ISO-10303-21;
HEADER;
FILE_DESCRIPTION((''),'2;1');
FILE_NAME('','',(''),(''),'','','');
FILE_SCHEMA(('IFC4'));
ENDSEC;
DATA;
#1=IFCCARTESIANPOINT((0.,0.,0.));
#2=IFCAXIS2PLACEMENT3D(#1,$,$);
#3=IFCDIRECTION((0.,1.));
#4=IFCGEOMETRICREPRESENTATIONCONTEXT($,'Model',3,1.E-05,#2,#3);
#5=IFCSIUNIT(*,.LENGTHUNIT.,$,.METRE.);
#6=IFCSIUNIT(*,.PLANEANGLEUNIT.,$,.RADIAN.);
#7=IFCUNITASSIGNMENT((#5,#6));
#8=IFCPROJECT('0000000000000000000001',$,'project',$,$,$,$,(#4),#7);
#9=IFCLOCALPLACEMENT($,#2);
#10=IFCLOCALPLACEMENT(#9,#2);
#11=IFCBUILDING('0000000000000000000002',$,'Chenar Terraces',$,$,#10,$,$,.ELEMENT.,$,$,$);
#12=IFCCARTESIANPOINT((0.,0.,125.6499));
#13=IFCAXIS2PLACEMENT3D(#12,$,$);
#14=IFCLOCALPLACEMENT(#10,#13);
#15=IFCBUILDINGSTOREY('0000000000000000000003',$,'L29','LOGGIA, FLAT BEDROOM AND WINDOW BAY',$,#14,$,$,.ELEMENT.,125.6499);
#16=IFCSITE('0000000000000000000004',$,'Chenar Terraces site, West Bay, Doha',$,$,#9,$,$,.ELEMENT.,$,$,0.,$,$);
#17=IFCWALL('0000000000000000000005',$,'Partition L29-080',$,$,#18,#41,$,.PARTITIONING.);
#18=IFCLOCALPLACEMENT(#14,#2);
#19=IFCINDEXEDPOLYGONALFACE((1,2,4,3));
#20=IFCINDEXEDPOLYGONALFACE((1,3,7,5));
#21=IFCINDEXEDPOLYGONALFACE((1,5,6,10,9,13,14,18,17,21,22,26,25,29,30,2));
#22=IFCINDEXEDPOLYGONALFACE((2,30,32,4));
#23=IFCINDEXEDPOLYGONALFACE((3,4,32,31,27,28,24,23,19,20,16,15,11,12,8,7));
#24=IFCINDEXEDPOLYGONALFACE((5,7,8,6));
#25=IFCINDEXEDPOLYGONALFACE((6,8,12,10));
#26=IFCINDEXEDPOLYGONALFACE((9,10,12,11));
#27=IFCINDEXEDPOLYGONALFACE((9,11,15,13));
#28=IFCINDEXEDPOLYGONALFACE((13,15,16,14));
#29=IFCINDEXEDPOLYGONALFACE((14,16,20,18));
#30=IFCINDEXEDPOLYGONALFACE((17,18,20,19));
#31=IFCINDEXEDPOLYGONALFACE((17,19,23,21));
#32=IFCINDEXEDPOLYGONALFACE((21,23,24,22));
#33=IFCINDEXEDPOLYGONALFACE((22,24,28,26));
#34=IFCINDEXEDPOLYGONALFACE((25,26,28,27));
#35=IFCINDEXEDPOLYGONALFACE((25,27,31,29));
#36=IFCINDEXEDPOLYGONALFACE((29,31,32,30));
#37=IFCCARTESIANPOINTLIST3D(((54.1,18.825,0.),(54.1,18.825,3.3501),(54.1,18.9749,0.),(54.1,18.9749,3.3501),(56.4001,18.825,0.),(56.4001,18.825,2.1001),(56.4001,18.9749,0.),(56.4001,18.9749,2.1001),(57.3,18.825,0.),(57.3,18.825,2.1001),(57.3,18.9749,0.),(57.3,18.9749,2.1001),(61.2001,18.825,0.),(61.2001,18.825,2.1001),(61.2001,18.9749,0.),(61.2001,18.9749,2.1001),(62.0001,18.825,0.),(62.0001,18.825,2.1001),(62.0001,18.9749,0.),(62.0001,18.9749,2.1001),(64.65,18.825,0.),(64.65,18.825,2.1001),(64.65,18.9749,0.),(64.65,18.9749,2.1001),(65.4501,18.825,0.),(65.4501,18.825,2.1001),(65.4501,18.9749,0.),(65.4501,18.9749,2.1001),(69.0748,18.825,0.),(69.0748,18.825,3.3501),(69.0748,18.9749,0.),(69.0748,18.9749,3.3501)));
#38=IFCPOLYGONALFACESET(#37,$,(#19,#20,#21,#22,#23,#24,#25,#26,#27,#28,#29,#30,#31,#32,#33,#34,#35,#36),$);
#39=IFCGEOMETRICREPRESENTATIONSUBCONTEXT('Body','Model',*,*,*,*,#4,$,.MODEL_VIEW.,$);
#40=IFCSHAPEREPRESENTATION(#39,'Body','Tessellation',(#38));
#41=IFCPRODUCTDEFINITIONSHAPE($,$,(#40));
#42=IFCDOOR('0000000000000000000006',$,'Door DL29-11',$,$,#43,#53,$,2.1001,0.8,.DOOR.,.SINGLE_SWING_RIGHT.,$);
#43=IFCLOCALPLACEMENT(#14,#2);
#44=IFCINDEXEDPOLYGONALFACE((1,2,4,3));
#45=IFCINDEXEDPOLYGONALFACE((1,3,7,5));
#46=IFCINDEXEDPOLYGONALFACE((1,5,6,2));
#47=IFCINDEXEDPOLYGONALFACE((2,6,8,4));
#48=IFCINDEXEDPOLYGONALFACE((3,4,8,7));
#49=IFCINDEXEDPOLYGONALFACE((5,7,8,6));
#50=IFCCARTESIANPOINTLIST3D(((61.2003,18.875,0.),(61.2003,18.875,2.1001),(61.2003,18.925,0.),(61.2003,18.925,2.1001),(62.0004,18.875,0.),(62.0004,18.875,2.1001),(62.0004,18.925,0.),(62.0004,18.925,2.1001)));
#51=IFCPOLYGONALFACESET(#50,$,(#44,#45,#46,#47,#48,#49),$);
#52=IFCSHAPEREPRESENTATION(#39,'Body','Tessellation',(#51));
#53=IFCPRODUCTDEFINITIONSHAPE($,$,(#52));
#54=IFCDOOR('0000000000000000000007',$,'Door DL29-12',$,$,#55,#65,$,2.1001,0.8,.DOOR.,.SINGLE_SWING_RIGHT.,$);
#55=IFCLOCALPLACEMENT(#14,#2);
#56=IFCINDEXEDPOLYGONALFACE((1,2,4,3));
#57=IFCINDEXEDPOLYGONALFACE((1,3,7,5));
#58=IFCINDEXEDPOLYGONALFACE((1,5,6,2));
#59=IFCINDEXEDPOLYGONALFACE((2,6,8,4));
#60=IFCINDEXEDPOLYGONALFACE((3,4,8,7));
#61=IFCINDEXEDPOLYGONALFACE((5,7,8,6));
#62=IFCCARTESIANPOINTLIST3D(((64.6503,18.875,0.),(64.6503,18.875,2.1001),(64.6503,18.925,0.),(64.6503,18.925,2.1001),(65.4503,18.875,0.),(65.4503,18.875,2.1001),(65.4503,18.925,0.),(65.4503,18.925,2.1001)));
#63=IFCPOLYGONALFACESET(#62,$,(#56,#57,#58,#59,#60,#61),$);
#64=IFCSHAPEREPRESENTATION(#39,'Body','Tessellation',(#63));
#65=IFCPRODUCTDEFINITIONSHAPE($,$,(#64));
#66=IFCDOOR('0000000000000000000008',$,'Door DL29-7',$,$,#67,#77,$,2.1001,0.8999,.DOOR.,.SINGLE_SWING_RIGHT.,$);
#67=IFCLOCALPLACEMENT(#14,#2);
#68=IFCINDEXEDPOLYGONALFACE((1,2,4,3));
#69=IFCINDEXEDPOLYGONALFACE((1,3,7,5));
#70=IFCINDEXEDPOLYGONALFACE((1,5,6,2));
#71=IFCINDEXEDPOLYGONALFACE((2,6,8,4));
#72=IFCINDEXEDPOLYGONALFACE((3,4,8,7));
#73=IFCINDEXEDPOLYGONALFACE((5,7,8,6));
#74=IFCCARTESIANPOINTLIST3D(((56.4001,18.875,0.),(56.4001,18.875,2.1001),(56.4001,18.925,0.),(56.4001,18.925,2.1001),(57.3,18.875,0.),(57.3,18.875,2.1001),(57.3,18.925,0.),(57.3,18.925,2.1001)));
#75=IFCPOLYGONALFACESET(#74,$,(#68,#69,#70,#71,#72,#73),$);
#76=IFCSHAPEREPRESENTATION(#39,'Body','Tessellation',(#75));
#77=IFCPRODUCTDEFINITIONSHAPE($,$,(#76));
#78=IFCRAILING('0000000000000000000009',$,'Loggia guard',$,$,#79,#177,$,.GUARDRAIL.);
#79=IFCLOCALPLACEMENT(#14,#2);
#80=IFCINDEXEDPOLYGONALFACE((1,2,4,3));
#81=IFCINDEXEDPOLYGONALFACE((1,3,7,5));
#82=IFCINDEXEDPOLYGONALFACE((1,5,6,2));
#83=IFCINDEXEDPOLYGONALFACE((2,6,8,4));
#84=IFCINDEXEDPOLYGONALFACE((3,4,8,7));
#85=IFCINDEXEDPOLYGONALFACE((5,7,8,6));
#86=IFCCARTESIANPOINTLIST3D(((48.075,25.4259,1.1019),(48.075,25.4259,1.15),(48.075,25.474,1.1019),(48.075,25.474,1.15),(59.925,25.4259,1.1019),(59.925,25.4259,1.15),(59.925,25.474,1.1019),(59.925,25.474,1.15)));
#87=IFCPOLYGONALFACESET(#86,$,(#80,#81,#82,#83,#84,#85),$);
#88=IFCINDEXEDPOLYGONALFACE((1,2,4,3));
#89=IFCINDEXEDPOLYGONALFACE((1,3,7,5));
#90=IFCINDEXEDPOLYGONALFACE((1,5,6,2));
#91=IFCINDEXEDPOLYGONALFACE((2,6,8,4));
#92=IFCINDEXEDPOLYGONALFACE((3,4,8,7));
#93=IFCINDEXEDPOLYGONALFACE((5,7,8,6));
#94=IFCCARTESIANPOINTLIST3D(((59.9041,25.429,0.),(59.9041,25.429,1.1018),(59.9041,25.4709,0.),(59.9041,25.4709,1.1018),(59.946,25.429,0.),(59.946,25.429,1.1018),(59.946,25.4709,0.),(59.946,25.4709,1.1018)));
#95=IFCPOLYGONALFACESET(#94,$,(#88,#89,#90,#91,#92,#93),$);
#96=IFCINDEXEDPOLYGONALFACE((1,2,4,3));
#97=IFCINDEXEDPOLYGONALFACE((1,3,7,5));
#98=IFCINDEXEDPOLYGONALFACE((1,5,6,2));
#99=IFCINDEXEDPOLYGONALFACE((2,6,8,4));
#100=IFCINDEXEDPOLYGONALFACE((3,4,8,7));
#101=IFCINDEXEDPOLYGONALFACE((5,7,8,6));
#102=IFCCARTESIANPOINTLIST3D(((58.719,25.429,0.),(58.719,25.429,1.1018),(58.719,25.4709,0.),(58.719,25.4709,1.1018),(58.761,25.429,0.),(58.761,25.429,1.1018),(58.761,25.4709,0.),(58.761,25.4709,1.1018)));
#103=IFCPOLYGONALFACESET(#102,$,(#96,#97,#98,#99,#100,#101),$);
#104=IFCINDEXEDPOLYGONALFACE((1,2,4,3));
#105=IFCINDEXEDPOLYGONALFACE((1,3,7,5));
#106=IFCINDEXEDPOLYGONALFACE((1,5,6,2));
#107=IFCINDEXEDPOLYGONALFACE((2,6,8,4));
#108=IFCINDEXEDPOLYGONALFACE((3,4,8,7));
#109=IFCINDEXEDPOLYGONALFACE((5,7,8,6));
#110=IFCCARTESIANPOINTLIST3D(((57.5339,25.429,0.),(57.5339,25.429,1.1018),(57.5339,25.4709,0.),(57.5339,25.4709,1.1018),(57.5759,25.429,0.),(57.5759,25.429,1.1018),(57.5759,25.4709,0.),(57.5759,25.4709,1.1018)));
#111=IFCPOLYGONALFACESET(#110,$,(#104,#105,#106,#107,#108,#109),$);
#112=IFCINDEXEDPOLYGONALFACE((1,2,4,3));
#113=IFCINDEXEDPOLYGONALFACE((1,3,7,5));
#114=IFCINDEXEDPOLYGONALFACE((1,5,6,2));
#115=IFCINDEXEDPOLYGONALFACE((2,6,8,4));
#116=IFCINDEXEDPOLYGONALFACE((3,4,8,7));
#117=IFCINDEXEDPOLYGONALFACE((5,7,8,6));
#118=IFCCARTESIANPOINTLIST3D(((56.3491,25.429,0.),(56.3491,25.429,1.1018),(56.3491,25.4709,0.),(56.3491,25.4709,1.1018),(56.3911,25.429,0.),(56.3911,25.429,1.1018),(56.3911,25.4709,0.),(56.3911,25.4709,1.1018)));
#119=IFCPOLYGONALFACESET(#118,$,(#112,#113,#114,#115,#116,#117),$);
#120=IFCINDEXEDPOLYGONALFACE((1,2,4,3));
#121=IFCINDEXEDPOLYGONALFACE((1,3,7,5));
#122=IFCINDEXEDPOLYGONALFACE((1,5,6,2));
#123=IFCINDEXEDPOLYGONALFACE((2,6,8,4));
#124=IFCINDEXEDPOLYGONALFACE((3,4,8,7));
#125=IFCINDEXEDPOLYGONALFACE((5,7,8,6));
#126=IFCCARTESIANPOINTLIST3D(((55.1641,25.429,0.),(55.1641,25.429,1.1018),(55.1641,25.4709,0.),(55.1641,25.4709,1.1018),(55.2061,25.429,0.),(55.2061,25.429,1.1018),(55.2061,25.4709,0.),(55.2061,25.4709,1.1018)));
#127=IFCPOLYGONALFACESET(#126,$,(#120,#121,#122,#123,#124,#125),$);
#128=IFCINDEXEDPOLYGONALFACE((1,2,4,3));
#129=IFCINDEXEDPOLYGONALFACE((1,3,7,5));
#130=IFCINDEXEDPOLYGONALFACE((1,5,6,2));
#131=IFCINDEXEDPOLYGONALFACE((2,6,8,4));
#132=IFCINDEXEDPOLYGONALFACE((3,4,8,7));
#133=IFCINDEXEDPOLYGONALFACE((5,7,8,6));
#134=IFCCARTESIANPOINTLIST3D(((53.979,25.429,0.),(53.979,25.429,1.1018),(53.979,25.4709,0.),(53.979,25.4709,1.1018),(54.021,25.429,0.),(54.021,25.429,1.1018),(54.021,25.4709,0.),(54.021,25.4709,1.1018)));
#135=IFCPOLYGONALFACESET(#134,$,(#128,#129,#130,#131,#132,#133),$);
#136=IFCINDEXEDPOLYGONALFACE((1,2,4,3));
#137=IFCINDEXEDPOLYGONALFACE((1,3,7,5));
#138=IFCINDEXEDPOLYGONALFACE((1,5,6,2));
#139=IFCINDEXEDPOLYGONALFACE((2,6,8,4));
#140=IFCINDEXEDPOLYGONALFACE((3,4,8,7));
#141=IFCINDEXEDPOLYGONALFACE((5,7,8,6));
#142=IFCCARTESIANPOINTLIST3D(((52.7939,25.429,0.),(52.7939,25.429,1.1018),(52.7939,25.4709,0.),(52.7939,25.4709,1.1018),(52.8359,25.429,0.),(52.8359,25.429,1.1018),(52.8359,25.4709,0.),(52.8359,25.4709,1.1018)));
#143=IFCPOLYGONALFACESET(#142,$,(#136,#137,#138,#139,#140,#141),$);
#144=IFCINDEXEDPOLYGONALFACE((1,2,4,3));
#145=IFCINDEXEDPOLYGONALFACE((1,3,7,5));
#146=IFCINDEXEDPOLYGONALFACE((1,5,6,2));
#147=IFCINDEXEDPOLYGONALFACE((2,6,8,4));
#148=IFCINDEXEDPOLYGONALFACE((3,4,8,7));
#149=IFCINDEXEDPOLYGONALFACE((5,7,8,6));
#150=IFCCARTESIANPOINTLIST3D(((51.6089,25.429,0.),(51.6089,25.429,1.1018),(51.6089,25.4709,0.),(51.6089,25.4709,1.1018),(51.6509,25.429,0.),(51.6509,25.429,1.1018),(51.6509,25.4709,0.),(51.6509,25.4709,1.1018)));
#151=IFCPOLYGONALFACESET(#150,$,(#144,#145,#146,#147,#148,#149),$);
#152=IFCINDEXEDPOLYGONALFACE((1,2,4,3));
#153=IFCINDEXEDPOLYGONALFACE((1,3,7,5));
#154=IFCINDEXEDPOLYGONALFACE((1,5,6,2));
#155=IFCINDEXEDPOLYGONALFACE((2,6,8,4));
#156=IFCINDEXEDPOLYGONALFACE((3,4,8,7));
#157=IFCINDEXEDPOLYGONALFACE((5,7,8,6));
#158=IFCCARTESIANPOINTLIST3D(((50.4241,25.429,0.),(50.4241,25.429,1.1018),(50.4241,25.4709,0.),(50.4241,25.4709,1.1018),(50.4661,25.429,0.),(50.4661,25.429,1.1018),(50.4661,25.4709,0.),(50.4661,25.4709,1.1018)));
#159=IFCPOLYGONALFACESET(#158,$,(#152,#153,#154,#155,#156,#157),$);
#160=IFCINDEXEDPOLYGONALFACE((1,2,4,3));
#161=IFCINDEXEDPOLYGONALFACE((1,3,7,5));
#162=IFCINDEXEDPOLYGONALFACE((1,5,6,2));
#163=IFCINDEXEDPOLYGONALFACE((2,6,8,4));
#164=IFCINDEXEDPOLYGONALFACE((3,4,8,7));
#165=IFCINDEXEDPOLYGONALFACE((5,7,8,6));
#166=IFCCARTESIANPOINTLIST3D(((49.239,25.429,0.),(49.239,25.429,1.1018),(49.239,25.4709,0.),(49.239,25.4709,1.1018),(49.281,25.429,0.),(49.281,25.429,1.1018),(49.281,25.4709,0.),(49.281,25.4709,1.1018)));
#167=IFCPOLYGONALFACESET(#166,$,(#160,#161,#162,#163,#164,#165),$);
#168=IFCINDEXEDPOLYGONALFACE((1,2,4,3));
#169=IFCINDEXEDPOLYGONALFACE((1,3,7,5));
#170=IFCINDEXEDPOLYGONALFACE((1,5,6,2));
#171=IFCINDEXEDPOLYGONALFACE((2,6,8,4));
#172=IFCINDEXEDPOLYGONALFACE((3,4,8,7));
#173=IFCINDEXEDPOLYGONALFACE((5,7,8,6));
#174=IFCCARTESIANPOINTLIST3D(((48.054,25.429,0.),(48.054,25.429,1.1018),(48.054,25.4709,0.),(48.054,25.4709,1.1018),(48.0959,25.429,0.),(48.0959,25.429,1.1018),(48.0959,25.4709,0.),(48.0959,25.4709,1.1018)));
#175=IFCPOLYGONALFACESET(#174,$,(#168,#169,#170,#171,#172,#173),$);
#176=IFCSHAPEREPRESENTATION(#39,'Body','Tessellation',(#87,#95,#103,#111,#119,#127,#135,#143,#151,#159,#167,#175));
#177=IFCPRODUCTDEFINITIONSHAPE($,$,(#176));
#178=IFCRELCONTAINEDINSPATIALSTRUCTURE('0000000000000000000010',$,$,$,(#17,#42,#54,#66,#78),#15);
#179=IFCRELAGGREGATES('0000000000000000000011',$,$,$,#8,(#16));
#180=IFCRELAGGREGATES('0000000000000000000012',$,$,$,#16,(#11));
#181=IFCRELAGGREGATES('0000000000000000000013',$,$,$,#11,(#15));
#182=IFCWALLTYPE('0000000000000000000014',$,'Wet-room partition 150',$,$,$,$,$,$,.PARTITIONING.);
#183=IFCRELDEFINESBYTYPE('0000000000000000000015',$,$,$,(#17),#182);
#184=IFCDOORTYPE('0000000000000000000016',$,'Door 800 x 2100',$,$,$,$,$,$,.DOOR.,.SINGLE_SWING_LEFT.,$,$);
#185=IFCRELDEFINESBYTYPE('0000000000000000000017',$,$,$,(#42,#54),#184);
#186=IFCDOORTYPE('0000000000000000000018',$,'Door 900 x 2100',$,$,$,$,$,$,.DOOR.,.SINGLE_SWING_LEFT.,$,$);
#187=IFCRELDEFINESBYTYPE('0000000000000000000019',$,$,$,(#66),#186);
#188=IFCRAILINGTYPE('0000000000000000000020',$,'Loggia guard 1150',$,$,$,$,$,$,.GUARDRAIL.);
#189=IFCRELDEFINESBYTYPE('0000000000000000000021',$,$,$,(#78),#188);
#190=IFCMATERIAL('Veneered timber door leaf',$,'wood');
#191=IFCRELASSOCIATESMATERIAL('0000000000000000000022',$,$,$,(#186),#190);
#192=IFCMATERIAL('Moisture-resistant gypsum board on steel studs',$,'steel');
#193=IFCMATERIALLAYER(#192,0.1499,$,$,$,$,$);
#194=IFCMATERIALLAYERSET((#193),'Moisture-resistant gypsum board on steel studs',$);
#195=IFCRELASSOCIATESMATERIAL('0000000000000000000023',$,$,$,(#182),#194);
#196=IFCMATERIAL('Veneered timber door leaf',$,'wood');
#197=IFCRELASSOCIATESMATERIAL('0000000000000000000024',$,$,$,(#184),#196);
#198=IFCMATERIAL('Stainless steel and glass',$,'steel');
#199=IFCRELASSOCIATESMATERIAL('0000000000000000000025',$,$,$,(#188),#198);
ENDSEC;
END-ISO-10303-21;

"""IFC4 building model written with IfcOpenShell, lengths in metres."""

from ifc_helpers import new_model, si_unit, direction, frame, frame_2d, origin, origin_2d, place, context, subcontext, project, spatial, rectangle, extrude, material, layer, layer_set, type_object, element, fill, save


model = new_model("IFC4")

# Units and contexts
model_context = context("Model", 3, precision=1e-05, world=origin(), true_north=direction((0.0, 1.0)))
body_context = subcontext(model_context, "Body", "Model", "MODEL_VIEW")
ifc_project = project(units=[si_unit("LENGTHUNIT", "METRE"), si_unit("PLANEANGLEUNIT", "RADIAN")], contexts=[model_context])

# Site, building, storey
site_placement = place(None, origin())
site = spatial("IfcSite", under=ifc_project, at=site_placement, Name="Chenar Terraces site, West Bay, Doha", CompositionType="ELEMENT", RefElevation=0.0)
building_placement = place(site_placement, origin())
building = spatial("IfcBuilding", under=site, at=building_placement, Name="Chenar Terraces", CompositionType="ELEMENT")
storey_placement = place(building_placement, frame((0.0, 0.0, 125.6499)))
storey = spatial("IfcBuildingStorey", under=building, at=storey_placement, Name="L29", Description="LOGGIA, FLAT BEDROOM AND WINDOW BAY", CompositionType="ELEMENT", Elevation=125.6499)

# Shared definitions
ifc_material_1 = material(Name="Veneered timber door leaf", Category="wood")
door_type_1 = type_object("IfcDoorType", Name="Door 900 x 2100", OperationType="SINGLE_SWING_LEFT", PredefinedType="DOOR", material=ifc_material_1)

# Wall, openings, doors
ifc_material_2 = material(Name="Moisture-resistant gypsum board on steel studs", Category="steel")
ifc_layer_1 = layer(ifc_material_2, 0.1499)
ifc_layer_set_1 = layer_set([ifc_layer_1], Name="Moisture-resistant gypsum board on steel studs")
wall_type_1 = type_object("IfcWallType", Name="Wet-room partition 150", PredefinedType="PARTITIONING", material=ifc_layer_set_1)
wall_1_placement = place(storey_placement, frame((54.1001, 18.8999, 0.0), z_axis=(0.0, 0.0, 1.0), x_axis=(1.0, 0.0, 0.0)))
wall_1 = element("IfcWall", 1, at=wall_1_placement, inside=storey, type_object=wall_type_1, Name="Partition L29-080", PredefinedType="PARTITIONING", context=body_context, shape_type="SweptSolid", body=[
    extrude(rectangle(XDim=14.9749, YDim=0.1499, at=frame_2d((7.4873, 0.0))), origin(), (0.0, 0.0, 1.0), 3.3501),
])
opening_1_placement = place(wall_1_placement, frame((2.3, 0.0, 0.0)))
opening_1 = element("IfcOpeningElement", 2, at=opening_1_placement, cuts=wall_1, PredefinedType="OPENING", context=body_context, shape_type="SweptSolid", body=[
    extrude(rectangle(XDim=0.8999, YDim=2.1001, at=frame_2d((0.45, 1.05))), frame((0.0, 0.085, 0.0), z_axis=(0.0, -1.0, 0.0), x_axis=(1.0, 0.0, 0.0)), (0.0, 0.0, 1.0), 0.1699),
])
opening_2_placement = place(wall_1_placement, frame((7.1001, 0.0, 0.0)))
opening_2 = element("IfcOpeningElement", 3, at=opening_2_placement, cuts=wall_1, PredefinedType="OPENING", context=body_context, shape_type="SweptSolid", body=[
    extrude(rectangle(XDim=0.8, YDim=2.1001, at=frame_2d((0.3999, 1.05))), frame((0.0, 0.085, 0.0), z_axis=(0.0, -1.0, 0.0), x_axis=(1.0, 0.0, 0.0)), (0.0, 0.0, 1.0), 0.1699),
])
opening_3_placement = place(wall_1_placement, frame((10.55, 0.0, 0.0)))
opening_3 = element("IfcOpeningElement", 4, at=opening_3_placement, cuts=wall_1, PredefinedType="OPENING", context=body_context, shape_type="SweptSolid", body=[
    extrude(rectangle(XDim=0.8, YDim=2.1001, at=frame_2d((0.3999, 1.05))), frame((0.0, 0.085, 0.0), z_axis=(0.0, -1.0, 0.0), x_axis=(1.0, 0.0, 0.0)), (0.0, 0.0, 1.0), 0.1699),
])
ifc_material_3 = material(Name="Veneered timber door leaf", Category="wood")
door_type_2 = type_object("IfcDoorType", Name="Door 800 x 2100", OperationType="SINGLE_SWING_LEFT", PredefinedType="DOOR", material=ifc_material_3)
door_1_placement = place(opening_2_placement, frame((0.8, 0.0, 0.0), z_axis=(0.0, 0.0, 1.0), x_axis=(-1.0, 0.0, 0.0)))
door_1 = element("IfcDoor", 5, at=door_1_placement, inside=storey, type_object=door_type_2, Name="Door DL29-11", OperationType="SINGLE_SWING_RIGHT", OverallHeight=2.1001, OverallWidth=0.8, PredefinedType="DOOR", context=body_context, shape_type="SweptSolid", body=[
    extrude(rectangle(XDim=0.8, YDim=2.1001, at=frame_2d((0.3999, 1.05))), frame((0.0, 0.0249, 0.0), z_axis=(0.0, -1.0, 0.0), x_axis=(1.0, 0.0, 0.0)), (0.0, 0.0, 1.0), 0.05),
])
fill(opening_2, door_1)
door_2_placement = place(opening_3_placement, frame((0.8, 0.0, 0.0), z_axis=(0.0, 0.0, 1.0), x_axis=(-1.0, 0.0, 0.0)))
door_2 = element("IfcDoor", 6, at=door_2_placement, inside=storey, type_object=door_type_2, Name="Door DL29-12", OperationType="SINGLE_SWING_RIGHT", OverallHeight=2.1001, OverallWidth=0.8, PredefinedType="DOOR", context=body_context, shape_type="SweptSolid", body=[
    extrude(rectangle(XDim=0.8, YDim=2.1001, at=frame_2d((0.3999, 1.05))), frame((0.0, 0.0249, 0.0), z_axis=(0.0, -1.0, 0.0), x_axis=(1.0, 0.0, 0.0)), (0.0, 0.0, 1.0), 0.05),
])
fill(opening_3, door_2)
door_3_placement = place(opening_1_placement, frame((0.8999, 0.0, 0.0), z_axis=(0.0, 0.0, 1.0), x_axis=(-1.0, 0.0, 0.0)))
door_3 = element("IfcDoor", 7, at=door_3_placement, inside=storey, type_object=door_type_1, Name="Door DL29-7", OperationType="SINGLE_SWING_RIGHT", OverallHeight=2.1001, OverallWidth=0.8999, PredefinedType="DOOR", context=body_context, shape_type="SweptSolid", body=[
    extrude(rectangle(XDim=0.8999, YDim=2.1001, at=frame_2d((0.45, 1.05))), frame((0.0, 0.0249, 0.0), z_axis=(0.0, -1.0, 0.0), x_axis=(1.0, 0.0, 0.0)), (0.0, 0.0, 1.0), 0.05),
])
fill(opening_1, door_3)

# Railing
ifc_material_4 = material(Name="Stainless steel and glass", Category="steel")
railing_type_1 = type_object("IfcRailingType", Name="Loggia guard 1150", PredefinedType="GUARDRAIL", material=ifc_material_4)
railing_1_placement = place(storey_placement, frame((59.925, 25.45, 0.0)))
element("IfcRailing", 8, at=railing_1_placement, inside=storey, type_object=railing_type_1, Name="Loggia guard", PredefinedType="GUARDRAIL", context=body_context, shape_type="SweptSolid", body=[
    extrude(rectangle(XDim=0.0481, YDim=0.0481, at=origin_2d()), frame((0.0, 0.0, 1.126), z_axis=(-1.0, 0.0, 0.0), x_axis=(0.0, -1.0, 0.0)), (0.0, 0.0, 1.0), 11.8501),
    extrude(rectangle(XDim=0.042, YDim=0.042, at=origin_2d()), origin(), (0.0, 0.0, 1.0), 1.1018),
    extrude(rectangle(XDim=0.042, YDim=0.042, at=origin_2d()), frame((-1.1851, 0.0, 0.0)), (0.0, 0.0, 1.0), 1.1018),
    extrude(rectangle(XDim=0.042, YDim=0.042, at=origin_2d()), frame((-2.3701, 0.0, 0.0)), (0.0, 0.0, 1.0), 1.1018),
    extrude(rectangle(XDim=0.042, YDim=0.042, at=origin_2d()), frame((-3.5549, 0.0, 0.0)), (0.0, 0.0, 1.0), 1.1018),
    extrude(rectangle(XDim=0.042, YDim=0.042, at=origin_2d()), frame((-4.74, 0.0, 0.0)), (0.0, 0.0, 1.0), 1.1018),
    extrude(rectangle(XDim=0.042, YDim=0.042, at=origin_2d()), frame((-5.925, 0.0, 0.0)), (0.0, 0.0, 1.0), 1.1018),
    extrude(rectangle(XDim=0.042, YDim=0.042, at=origin_2d()), frame((-7.1101, 0.0, 0.0)), (0.0, 0.0, 1.0), 1.1018),
    extrude(rectangle(XDim=0.042, YDim=0.042, at=origin_2d()), frame((-8.2952, 0.0, 0.0)), (0.0, 0.0, 1.0), 1.1018),
    extrude(rectangle(XDim=0.042, YDim=0.042, at=origin_2d()), frame((-9.48, 0.0, 0.0)), (0.0, 0.0, 1.0), 1.1018),
    extrude(rectangle(XDim=0.042, YDim=0.042, at=origin_2d()), frame((-10.665, 0.0, 0.0)), (0.0, 0.0, 1.0), 1.1018),
    extrude(rectangle(XDim=0.042, YDim=0.042, at=origin_2d()), frame((-11.8501, 0.0, 0.0)), (0.0, 0.0, 1.0), 1.1018),
])

save(model, "model.ifc")
